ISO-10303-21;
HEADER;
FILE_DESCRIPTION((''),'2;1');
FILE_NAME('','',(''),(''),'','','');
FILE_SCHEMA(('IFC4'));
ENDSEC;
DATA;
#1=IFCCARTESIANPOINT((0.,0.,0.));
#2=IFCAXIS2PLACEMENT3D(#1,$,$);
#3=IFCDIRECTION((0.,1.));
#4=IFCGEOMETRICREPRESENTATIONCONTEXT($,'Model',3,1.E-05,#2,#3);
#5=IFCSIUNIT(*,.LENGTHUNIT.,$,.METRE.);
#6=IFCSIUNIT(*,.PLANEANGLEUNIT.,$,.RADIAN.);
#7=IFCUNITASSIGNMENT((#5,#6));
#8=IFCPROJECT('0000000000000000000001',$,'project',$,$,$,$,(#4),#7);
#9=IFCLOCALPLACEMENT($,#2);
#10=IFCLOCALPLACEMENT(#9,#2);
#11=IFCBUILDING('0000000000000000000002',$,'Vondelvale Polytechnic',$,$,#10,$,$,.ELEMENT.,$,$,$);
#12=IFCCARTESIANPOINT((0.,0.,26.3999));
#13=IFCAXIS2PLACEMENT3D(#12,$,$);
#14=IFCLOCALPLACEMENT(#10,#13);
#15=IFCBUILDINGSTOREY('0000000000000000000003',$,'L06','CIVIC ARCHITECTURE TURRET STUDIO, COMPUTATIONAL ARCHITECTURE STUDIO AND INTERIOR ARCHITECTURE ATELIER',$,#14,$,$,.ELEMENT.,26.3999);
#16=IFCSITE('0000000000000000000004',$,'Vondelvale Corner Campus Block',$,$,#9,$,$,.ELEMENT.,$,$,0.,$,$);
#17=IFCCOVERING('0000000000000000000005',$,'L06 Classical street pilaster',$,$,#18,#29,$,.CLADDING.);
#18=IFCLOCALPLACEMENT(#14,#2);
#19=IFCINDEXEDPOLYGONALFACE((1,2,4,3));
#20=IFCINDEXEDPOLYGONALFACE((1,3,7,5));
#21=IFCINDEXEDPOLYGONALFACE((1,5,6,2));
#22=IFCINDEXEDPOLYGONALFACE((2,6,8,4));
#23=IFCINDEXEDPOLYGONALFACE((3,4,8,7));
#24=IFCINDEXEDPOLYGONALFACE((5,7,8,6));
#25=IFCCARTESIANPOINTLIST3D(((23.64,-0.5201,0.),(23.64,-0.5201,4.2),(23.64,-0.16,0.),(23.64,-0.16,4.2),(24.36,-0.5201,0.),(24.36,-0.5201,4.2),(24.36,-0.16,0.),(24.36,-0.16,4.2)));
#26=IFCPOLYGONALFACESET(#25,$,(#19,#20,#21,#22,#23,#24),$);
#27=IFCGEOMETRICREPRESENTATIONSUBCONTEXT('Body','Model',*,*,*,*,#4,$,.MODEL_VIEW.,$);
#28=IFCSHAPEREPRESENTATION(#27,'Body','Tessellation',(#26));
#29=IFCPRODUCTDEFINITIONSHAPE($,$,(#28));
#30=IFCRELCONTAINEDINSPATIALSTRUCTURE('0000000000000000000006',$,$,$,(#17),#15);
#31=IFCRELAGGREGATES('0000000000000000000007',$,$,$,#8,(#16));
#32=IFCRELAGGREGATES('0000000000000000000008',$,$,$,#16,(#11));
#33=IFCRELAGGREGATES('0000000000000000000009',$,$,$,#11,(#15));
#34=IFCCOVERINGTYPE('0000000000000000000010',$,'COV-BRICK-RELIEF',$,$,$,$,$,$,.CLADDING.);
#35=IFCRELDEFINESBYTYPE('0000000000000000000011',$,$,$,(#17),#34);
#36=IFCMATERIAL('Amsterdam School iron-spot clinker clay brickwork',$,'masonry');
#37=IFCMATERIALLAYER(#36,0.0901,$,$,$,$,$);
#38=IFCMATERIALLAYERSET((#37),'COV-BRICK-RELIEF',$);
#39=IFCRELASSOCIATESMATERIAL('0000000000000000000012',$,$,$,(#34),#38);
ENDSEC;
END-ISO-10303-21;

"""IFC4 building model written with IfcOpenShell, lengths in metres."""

from ifc_helpers import new_model, si_unit, direction, frame, origin, origin_2d, place, context, subcontext, project, spatial, rectangle, extrude, material, layer, layer_set, type_object, element, save


model = new_model("IFC4")

# Units and contexts
model_context = context("Model", 3, precision=1e-05, world=origin(), true_north=direction((0.0, 1.0)))
body_context = subcontext(model_context, "Body", "Model", "MODEL_VIEW")
ifc_project = project(units=[si_unit("LENGTHUNIT", "METRE"), si_unit("PLANEANGLEUNIT", "RADIAN")], contexts=[model_context])

# Site, building, storey
site_placement = place(None, origin())
site = spatial("IfcSite", under=ifc_project, at=site_placement, Name="Vondelvale Corner Campus Block", CompositionType="ELEMENT", RefElevation=0.0)
building_placement = place(site_placement, origin())
building = spatial("IfcBuilding", under=site, at=building_placement, Name="Vondelvale Polytechnic", CompositionType="ELEMENT")
storey_placement = place(building_placement, frame((0.0, 0.0, 26.3999)))
storey = spatial("IfcBuildingStorey", under=building, at=storey_placement, Name="L06", Description="CIVIC ARCHITECTURE TURRET STUDIO, COMPUTATIONAL ARCHITECTURE STUDIO AND INTERIOR ARCHITECTURE ATELIER", CompositionType="ELEMENT", Elevation=26.3999)

# Covering
ifc_material_1 = material(Name="Amsterdam School iron-spot clinker clay brickwork", Category="masonry")
ifc_layer_1 = layer(ifc_material_1, 0.0901)
ifc_layer_set_1 = layer_set([ifc_layer_1], Name="COV-BRICK-RELIEF")
covering_type = type_object("IfcCoveringType", Name="COV-BRICK-RELIEF", PredefinedType="CLADDING", material=ifc_layer_set_1)
for number, where, z_axis, x_axis, name in (
    (1, (24.0, -0.3401, 0.0), (0.0, 0.0, 1.0), (1.0, 0.0, 0.0), "L06 Classical street pilaster"),
):
    element("IfcCovering", number, at=place(storey_placement, frame(where, z_axis=z_axis, x_axis=x_axis)), inside=storey, type_object=covering_type, Name=name, PredefinedType="CLADDING", context=body_context, shape_type="SweptSolid", body=[
        extrude(rectangle(XDim=0.72, YDim=0.3601, at=origin_2d()), origin(), (0.0, 0.0, 1.0), 4.2),
    ])

save(model, "model.ifc")
